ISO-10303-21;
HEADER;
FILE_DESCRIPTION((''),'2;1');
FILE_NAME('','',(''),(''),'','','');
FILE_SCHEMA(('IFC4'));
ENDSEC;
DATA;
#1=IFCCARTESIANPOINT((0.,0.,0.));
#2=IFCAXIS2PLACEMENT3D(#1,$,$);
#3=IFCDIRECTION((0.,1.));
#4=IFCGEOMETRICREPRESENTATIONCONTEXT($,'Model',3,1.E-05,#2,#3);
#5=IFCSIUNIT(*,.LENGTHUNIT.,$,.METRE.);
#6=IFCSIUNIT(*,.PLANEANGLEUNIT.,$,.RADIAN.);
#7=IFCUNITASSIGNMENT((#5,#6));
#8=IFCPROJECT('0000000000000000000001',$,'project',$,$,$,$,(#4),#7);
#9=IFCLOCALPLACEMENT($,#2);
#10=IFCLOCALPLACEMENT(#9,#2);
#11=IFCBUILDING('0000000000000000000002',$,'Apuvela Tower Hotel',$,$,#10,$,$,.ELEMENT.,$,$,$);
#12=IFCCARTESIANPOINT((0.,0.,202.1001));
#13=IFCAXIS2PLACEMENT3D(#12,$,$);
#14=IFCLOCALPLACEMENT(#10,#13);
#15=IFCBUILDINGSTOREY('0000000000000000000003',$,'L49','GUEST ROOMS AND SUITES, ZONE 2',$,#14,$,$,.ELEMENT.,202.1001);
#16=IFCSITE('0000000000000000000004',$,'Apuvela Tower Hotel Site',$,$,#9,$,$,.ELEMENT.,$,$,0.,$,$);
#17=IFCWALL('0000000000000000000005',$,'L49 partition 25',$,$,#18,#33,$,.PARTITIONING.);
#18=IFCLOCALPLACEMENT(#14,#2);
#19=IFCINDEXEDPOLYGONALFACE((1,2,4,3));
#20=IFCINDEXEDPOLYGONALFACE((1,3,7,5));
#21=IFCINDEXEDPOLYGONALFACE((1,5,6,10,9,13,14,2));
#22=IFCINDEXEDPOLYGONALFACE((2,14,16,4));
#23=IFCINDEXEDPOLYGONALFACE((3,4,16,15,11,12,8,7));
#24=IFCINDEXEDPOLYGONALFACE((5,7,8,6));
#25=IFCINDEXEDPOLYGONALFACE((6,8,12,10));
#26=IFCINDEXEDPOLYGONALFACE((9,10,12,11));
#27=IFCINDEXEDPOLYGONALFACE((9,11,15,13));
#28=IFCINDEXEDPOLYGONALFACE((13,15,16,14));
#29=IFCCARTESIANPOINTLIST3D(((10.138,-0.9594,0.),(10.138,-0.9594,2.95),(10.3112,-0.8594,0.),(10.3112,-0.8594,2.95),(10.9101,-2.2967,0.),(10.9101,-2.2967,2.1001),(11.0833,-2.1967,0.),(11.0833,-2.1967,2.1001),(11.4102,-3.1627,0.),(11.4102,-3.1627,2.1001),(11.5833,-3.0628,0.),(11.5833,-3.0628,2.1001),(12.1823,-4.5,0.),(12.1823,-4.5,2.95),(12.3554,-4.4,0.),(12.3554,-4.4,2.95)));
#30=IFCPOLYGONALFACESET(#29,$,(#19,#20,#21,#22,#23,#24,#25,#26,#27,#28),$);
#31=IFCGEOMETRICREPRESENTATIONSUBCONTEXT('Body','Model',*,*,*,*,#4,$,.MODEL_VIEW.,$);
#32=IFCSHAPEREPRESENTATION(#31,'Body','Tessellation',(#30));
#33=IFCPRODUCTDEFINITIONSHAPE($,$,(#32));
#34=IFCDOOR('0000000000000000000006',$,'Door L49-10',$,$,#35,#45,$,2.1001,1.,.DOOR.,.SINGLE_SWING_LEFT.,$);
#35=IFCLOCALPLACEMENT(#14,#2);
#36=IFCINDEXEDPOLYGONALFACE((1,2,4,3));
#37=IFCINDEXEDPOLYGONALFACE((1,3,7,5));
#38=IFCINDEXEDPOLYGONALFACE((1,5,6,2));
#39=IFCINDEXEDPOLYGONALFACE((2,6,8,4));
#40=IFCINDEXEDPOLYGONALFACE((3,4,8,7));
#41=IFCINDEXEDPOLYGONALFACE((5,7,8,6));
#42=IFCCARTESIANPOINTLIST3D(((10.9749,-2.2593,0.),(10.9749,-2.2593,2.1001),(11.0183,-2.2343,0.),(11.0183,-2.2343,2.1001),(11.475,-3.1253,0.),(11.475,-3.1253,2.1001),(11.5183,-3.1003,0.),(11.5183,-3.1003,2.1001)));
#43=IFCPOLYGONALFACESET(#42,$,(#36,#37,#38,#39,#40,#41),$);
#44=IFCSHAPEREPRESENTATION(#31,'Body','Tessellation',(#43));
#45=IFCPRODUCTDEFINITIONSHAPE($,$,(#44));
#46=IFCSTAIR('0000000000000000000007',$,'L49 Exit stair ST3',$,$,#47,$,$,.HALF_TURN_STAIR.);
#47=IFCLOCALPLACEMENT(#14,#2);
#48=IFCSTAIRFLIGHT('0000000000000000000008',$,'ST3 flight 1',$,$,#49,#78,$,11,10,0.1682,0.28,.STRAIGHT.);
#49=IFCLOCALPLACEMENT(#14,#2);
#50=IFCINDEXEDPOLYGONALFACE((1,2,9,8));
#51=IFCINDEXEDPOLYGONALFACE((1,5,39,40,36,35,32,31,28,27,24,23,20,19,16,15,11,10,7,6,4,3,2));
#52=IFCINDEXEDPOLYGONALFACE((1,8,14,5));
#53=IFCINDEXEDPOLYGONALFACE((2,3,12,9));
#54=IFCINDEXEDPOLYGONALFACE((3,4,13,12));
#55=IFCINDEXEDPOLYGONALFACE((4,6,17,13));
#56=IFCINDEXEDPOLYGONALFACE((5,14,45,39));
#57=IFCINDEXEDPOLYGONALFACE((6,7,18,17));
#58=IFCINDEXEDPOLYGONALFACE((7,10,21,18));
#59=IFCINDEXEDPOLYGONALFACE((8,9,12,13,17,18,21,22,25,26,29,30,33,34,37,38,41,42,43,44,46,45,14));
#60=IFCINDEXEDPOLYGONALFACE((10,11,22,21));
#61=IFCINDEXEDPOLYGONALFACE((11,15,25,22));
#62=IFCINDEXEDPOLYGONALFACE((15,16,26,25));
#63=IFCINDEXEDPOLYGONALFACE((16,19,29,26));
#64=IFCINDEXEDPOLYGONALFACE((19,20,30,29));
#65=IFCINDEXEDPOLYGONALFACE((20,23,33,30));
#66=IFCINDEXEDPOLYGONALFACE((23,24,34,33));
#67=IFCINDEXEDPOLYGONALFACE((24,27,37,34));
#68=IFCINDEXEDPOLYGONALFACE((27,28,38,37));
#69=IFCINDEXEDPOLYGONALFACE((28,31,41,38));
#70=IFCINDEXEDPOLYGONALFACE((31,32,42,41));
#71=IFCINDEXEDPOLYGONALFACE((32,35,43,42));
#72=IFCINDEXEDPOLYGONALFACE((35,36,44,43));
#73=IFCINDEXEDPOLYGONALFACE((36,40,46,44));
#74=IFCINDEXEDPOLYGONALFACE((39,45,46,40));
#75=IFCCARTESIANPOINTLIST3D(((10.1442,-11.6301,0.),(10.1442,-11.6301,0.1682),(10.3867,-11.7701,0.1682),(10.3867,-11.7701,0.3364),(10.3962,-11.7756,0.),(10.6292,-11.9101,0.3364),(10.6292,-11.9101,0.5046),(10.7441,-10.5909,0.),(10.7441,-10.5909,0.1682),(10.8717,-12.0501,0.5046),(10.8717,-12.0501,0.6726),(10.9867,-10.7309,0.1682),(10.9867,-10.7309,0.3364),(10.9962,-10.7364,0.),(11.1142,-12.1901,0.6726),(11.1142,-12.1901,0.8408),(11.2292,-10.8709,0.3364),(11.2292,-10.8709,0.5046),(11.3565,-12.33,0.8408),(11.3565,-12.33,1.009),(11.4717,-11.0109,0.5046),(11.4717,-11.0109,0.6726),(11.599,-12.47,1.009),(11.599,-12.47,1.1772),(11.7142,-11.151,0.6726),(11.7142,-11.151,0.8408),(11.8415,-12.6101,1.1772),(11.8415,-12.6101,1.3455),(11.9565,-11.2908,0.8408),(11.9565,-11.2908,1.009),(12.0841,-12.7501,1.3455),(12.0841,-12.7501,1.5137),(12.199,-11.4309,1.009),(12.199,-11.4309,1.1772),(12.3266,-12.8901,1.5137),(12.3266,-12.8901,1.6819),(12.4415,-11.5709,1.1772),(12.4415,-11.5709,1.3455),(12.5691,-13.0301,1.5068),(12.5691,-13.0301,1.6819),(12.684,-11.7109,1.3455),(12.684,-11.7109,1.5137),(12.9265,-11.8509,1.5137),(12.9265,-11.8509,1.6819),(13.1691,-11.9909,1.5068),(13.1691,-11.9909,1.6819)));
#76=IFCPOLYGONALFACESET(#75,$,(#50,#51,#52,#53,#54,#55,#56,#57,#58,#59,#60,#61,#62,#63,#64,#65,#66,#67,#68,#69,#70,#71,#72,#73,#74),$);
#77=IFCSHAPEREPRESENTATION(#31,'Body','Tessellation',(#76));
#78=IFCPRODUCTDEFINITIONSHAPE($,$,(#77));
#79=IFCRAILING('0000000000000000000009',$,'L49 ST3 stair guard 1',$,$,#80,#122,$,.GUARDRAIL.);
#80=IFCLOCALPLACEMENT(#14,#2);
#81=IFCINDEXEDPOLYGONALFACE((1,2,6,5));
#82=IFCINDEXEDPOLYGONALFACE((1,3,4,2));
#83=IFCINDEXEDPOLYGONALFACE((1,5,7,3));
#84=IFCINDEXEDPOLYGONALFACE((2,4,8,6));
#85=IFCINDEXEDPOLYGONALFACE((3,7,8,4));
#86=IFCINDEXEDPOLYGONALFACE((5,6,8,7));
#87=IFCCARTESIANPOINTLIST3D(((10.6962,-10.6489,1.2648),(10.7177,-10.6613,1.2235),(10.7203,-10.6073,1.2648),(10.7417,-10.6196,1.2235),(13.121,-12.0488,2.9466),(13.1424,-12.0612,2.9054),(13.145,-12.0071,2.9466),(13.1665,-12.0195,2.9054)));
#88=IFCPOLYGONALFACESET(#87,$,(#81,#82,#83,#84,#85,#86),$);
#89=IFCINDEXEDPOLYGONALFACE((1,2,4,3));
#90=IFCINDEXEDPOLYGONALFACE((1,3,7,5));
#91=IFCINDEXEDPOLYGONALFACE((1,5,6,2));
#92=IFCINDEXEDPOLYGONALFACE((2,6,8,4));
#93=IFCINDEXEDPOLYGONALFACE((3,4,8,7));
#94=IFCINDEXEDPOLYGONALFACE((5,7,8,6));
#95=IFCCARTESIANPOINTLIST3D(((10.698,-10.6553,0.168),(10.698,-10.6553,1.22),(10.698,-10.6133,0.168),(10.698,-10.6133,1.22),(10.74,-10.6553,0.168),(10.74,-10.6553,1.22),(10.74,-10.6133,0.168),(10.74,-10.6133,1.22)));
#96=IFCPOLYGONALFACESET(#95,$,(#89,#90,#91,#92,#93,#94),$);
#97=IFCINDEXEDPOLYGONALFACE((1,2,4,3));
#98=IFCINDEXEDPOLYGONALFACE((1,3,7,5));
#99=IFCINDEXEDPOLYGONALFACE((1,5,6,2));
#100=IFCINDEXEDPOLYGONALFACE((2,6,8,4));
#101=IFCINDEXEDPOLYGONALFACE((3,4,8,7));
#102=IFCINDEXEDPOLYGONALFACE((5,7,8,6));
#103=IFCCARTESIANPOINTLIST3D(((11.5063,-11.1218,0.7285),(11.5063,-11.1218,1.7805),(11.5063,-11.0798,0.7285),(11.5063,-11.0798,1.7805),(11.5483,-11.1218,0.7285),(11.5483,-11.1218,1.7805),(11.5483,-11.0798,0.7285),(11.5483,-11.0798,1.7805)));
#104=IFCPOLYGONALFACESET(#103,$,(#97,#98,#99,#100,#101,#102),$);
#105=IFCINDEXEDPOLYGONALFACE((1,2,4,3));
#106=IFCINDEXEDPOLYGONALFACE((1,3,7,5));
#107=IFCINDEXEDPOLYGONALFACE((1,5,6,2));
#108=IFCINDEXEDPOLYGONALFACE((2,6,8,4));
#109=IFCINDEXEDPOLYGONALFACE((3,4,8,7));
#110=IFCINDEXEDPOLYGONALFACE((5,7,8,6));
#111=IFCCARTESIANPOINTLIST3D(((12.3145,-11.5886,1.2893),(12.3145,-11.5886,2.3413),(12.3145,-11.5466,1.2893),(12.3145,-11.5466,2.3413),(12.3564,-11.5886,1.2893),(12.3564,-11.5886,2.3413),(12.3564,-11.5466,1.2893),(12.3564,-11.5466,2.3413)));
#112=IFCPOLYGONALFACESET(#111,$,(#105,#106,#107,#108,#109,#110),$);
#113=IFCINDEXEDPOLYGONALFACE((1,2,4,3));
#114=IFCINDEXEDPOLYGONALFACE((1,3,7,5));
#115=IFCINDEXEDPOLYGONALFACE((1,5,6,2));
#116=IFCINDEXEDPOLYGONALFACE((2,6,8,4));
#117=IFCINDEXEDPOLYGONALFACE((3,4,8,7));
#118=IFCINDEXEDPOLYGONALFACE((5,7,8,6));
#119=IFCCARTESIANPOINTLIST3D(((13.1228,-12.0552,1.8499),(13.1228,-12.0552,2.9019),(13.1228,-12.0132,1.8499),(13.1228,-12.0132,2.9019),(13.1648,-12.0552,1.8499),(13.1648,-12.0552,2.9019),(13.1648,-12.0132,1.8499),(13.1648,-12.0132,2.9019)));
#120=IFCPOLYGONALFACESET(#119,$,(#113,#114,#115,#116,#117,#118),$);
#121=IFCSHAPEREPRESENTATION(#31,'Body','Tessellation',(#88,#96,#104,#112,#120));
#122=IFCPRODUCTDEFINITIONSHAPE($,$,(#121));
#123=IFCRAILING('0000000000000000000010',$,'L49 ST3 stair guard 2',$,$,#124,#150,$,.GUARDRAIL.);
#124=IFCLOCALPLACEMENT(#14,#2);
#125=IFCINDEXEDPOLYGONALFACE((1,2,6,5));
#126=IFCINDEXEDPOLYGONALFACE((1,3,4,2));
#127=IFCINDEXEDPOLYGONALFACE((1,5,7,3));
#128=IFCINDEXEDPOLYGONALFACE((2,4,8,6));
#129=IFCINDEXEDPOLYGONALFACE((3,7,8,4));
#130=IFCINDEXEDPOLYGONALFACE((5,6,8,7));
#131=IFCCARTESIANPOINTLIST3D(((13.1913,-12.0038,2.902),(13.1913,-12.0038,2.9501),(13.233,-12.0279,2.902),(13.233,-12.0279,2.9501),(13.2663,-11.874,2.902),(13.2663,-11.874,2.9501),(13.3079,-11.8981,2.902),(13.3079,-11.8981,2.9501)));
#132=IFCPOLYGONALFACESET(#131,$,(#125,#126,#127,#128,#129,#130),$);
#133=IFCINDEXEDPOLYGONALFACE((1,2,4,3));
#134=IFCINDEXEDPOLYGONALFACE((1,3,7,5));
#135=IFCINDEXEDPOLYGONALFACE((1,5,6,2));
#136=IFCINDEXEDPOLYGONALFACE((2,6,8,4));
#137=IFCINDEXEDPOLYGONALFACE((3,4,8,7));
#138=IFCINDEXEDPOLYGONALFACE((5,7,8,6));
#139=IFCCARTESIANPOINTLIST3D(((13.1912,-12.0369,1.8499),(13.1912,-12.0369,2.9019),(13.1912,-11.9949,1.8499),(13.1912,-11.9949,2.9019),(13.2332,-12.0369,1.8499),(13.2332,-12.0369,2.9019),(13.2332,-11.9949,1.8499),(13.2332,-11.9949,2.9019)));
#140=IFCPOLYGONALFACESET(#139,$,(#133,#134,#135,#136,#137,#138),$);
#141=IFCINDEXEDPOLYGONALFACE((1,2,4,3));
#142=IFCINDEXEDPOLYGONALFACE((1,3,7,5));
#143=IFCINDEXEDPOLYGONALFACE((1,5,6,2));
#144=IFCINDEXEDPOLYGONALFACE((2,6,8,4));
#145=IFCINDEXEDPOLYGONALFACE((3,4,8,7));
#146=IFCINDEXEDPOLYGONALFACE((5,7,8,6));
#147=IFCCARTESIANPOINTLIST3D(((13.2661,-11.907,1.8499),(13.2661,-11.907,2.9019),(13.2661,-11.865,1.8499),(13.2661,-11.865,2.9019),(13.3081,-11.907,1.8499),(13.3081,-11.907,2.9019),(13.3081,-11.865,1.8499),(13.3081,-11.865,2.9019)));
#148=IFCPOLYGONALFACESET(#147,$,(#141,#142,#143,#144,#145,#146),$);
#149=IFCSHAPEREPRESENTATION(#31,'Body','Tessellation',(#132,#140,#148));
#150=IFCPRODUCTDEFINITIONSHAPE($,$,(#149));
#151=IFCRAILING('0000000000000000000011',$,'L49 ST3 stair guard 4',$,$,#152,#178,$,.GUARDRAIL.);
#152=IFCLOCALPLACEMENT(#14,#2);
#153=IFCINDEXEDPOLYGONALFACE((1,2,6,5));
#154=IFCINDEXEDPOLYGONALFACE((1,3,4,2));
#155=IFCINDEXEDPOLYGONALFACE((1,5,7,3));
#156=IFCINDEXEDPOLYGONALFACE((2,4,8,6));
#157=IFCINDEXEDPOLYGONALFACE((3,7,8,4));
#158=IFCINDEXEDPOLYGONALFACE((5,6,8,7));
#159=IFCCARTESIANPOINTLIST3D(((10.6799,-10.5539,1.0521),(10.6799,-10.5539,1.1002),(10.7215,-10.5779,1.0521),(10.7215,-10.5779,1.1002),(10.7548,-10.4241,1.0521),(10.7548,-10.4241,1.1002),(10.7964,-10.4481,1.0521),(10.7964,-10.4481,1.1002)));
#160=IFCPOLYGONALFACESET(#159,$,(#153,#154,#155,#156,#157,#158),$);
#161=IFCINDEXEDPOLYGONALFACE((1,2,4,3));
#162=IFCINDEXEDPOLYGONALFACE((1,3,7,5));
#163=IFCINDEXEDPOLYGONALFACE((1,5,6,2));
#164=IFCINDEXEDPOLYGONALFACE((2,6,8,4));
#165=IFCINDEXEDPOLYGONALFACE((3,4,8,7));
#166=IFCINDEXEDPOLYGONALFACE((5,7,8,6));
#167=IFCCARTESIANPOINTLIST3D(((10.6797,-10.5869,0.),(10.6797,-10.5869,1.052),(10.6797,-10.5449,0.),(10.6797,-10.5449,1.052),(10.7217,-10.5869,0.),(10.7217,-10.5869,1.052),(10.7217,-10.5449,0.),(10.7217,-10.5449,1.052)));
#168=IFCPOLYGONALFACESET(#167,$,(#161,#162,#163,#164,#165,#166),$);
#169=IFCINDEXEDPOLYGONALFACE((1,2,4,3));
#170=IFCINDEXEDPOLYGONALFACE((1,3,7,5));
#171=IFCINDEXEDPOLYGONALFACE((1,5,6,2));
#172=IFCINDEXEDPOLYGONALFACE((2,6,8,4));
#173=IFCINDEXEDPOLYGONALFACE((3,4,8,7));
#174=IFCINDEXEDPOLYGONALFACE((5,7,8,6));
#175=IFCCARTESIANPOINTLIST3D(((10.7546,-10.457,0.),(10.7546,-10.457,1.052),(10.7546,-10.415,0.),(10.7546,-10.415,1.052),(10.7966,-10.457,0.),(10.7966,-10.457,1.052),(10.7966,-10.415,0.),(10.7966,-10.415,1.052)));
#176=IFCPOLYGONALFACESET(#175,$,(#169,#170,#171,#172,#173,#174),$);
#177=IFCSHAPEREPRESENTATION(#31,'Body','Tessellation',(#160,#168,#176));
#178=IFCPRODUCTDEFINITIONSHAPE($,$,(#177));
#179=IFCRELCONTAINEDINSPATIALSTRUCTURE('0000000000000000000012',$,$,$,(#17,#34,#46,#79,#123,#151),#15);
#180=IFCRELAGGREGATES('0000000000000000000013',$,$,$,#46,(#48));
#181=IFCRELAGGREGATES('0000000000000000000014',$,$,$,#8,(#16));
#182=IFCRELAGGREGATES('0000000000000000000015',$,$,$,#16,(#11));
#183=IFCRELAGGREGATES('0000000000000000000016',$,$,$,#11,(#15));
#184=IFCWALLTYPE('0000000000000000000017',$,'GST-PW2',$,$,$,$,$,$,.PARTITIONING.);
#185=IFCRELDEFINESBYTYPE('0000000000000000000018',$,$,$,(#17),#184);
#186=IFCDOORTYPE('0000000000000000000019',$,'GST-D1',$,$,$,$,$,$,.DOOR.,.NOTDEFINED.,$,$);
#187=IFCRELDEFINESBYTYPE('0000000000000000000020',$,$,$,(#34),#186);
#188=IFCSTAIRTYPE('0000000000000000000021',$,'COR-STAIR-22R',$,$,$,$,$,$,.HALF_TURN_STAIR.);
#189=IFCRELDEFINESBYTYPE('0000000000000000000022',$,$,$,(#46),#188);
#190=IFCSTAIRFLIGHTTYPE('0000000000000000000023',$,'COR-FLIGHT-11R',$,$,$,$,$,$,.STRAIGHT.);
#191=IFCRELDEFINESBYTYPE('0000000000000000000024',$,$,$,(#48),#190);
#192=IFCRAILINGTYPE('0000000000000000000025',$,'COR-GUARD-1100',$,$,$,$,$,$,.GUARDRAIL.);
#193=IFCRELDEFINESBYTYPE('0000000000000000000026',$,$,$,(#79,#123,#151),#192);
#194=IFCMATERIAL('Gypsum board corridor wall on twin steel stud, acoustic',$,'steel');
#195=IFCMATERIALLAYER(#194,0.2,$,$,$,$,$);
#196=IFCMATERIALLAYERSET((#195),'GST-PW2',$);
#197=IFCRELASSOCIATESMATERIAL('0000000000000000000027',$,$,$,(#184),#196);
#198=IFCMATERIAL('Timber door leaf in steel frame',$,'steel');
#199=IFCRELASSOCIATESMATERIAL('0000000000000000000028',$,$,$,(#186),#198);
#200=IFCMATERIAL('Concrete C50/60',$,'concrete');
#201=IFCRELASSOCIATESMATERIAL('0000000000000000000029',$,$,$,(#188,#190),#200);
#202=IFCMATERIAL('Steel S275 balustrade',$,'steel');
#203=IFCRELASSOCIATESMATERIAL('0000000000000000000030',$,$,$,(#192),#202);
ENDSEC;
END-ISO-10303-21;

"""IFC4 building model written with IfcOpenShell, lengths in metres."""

from ifc_helpers import new_model, si_unit, direction, frame, frame_2d, origin, origin_2d, place, context, subcontext, project, spatial, polyline, rectangle, outline, extrude, material, layer, layer_set, type_object, element, fill, aggregate, save


model = new_model("IFC4")

# Units and contexts
model_context = context("Model", 3, precision=1e-05, world=origin(), true_north=direction((0.0, 1.0)))
body_context = subcontext(model_context, "Body", "Model", "MODEL_VIEW")
ifc_project = project(units=[si_unit("LENGTHUNIT", "METRE"), si_unit("PLANEANGLEUNIT", "RADIAN")], contexts=[model_context])

# Site, building, storey
site_placement = place(None, origin())
site = spatial("IfcSite", under=ifc_project, at=site_placement, Name="Apuvela Tower Hotel Site", CompositionType="ELEMENT", RefElevation=0.0)
building_placement = place(site_placement, origin())
building = spatial("IfcBuilding", under=site, at=building_placement, Name="Apuvela Tower Hotel", CompositionType="ELEMENT")
storey_placement = place(building_placement, frame((0.0, 0.0, 202.1001)))
storey = spatial("IfcBuildingStorey", under=building, at=storey_placement, Name="L49", Description="GUEST ROOMS AND SUITES, ZONE 2", CompositionType="ELEMENT", Elevation=202.1001)

# Shared definitions
ifc_material_1 = material(Name="Concrete C50/60", Category="concrete")

# Wall, opening, door
ifc_material_2 = material(Name="Gypsum board corridor wall on twin steel stud, acoustic", Category="steel")
ifc_layer_1 = layer(ifc_material_2, 0.2)
ifc_layer_set_1 = layer_set([ifc_layer_1], Name="GST-PW2")
wall_type_1 = type_object("IfcWallType", Name="GST-PW2", PredefinedType="PARTITIONING", material=ifc_layer_set_1)
wall_1_placement = place(storey_placement, frame((10.2246, -0.9094, 0.0), z_axis=(0.0, 0.0, 1.0), x_axis=(0.500012, -0.866019, 0.0)))
wall_1 = element("IfcWall", 1, at=wall_1_placement, inside=storey, type_object=wall_type_1, Name="L49 partition 25", PredefinedType="PARTITIONING", context=body_context, shape_type="SweptSolid", body=[
    extrude(rectangle(XDim=4.0884, YDim=0.2, at=frame_2d((2.0442, 0.0))), origin(), (0.0, 0.0, 1.0), 2.95),
])
opening_1_placement = place(wall_1_placement, frame((1.5442, 0.0, 0.0)))
opening_1 = element("IfcOpeningElement", 2, at=opening_1_placement, cuts=wall_1, PredefinedType="OPENING", context=body_context, shape_type="SweptSolid", body=[
    extrude(rectangle(XDim=1.0, YDim=2.1001, at=frame_2d((0.5, 1.05))), frame((0.0, 0.1099, 0.0), z_axis=(0.0, -1.0, 0.0), x_axis=(1.0, 0.0, 0.0)), (0.0, 0.0, 1.0), 0.22),
])
ifc_material_3 = material(Name="Timber door leaf in steel frame", Category="steel")
door_type_1 = type_object("IfcDoorType", Name="GST-D1", OperationType="NOTDEFINED", PredefinedType="DOOR", material=ifc_material_3)
door_1_placement = place(opening_1_placement, origin())
door_1 = element("IfcDoor", 3, at=door_1_placement, inside=storey, type_object=door_type_1, Name="Door L49-10", OperationType="SINGLE_SWING_LEFT", OverallHeight=2.1001, OverallWidth=1.0, PredefinedType="DOOR", context=body_context, shape_type="SweptSolid", body=[
    extrude(rectangle(XDim=1.0, YDim=2.1001, at=frame_2d((0.5, 1.05))), frame((0.0, 0.0249, 0.0), z_axis=(0.0, -1.0, 0.0), x_axis=(1.0, 0.0, 0.0)), (0.0, 0.0, 1.0), 0.05),
])
fill(opening_1, door_1)

# Stair, stair flight
stair_type = type_object("IfcStairType", Name="COR-STAIR-22R", PredefinedType="HALF_TURN_STAIR", material=ifc_material_1)
stair_placement = place(storey_placement, origin())
stair = element("IfcStair", 4, at=stair_placement, inside=storey, type_object=stair_type, Name="L49 Exit stair ST3", PredefinedType="HALF_TURN_STAIR")
stair_flight_type = type_object("IfcStairFlightType", Name="COR-FLIGHT-11R", PredefinedType="STRAIGHT", material=ifc_material_1)
stair_flight_placement = place(storey_placement, frame((10.4441, -11.1106, 0.0), z_axis=(0.0, 0.0, 1.0), x_axis=(0.866025, -0.5, 0.0)))
stair_flight = element("IfcStairFlight", 5, at=stair_flight_placement, type_object=stair_flight_type, Name="ST3 flight 1", NumberOfRisers=11, NumberOfTreads=10, PredefinedType="STRAIGHT", RiserHeight=0.1682, TreadLength=0.28, context=body_context, shape_type="SweptSolid", body=[
    extrude(outline(polyline([(0.0, 0.0), (0.0, 0.1682), (0.28, 0.1682), (0.28, 0.3364), (0.5601, 0.3364), (0.5601, 0.5046), (0.8401, 0.5046), (0.8401, 0.6726), (1.1201, 0.6726), (1.1201, 0.8408), (1.3999, 0.8408), (1.3999, 1.009), (1.6799, 1.009), (1.6799, 1.1772), (1.96, 1.1772), (1.96, 1.3455), (2.24, 1.3455), (2.24, 1.5137), (2.52, 1.5137), (2.52, 1.6819), (2.8, 1.6819), (2.8, 1.8501), (2.8, 1.5068), (0.291, 0.0), (0.0, 0.0)])), frame((0.0, 0.6001, 0.0), z_axis=(0.0, -1.0, 0.0), x_axis=(1.0, 0.0, 0.0)), (0.0, 0.0, 1.0), 1.2),
])
aggregate(stair, [stair_flight])

# Railings
ifc_material_4 = material(Name="Steel S275 balustrade", Category="steel")
railing_type = type_object("IfcRailingType", Name="COR-GUARD-1100", PredefinedType="GUARDRAIL", material=ifc_material_4)
railing_placement = place(storey_placement, frame((10.719, -10.6343, 0.168)))
element("IfcRailing", 6, at=railing_placement, inside=storey, type_object=railing_type, Name="L49 ST3 stair guard 1", PredefinedType="GUARDRAIL", context=body_context, shape_type="SweptSolid", body=[
    extrude(rectangle(XDim=0.0481, YDim=0.0481, at=origin_2d()), frame((0.0, 0.0, 1.0762), z_axis=(0.74239, -0.428601, 0.514934), x_axis=(0.499984, 0.866035, 0.0)), (0.0, 0.0, 1.0), 3.2661),
    extrude(rectangle(XDim=0.042, YDim=0.042, at=origin_2d()), origin(), (0.0, 0.0, 1.0), 1.052),
    extrude(rectangle(XDim=0.042, YDim=0.042, at=origin_2d()), frame((0.8083, -0.4666, 0.5605)), (0.0, 0.0, 1.0), 1.052),
    extrude(rectangle(XDim=0.042, YDim=0.042, at=origin_2d()), frame((1.6165, -0.9333, 1.1213)), (0.0, 0.0, 1.0), 1.052),
    extrude(rectangle(XDim=0.042, YDim=0.042, at=origin_2d()), frame((2.4248, -1.3999, 1.6819)), (0.0, 0.0, 1.0), 1.052),
])
for number, where, name in (
    (7, (13.2122, -12.0159, 1.8499), "L49 ST3 stair guard 2"),
    (8, (10.7007, -10.5659, 0.0), "L49 ST3 stair guard 4"),
):
    element("IfcRailing", number, at=place(storey_placement, frame(where)), inside=storey, type_object=railing_type, Name=name, PredefinedType="GUARDRAIL", context=body_context, shape_type="SweptSolid", body=[
        extrude(rectangle(XDim=0.0481, YDim=0.0481, at=origin_2d()), frame((0.0, 0.0, 1.0762), z_axis=(0.499816, 0.866131, 0.0), x_axis=(-0.866131, 0.499816, 0.0)), (0.0, 0.0, 1.0), 0.1499),
        extrude(rectangle(XDim=0.042, YDim=0.042, at=origin_2d()), origin(), (0.0, 0.0, 1.0), 1.052),
        extrude(rectangle(XDim=0.042, YDim=0.042, at=origin_2d()), frame((0.075, 0.1299, 0.0)), (0.0, 0.0, 1.0), 1.052),
    ])

save(model, "model.ifc")
